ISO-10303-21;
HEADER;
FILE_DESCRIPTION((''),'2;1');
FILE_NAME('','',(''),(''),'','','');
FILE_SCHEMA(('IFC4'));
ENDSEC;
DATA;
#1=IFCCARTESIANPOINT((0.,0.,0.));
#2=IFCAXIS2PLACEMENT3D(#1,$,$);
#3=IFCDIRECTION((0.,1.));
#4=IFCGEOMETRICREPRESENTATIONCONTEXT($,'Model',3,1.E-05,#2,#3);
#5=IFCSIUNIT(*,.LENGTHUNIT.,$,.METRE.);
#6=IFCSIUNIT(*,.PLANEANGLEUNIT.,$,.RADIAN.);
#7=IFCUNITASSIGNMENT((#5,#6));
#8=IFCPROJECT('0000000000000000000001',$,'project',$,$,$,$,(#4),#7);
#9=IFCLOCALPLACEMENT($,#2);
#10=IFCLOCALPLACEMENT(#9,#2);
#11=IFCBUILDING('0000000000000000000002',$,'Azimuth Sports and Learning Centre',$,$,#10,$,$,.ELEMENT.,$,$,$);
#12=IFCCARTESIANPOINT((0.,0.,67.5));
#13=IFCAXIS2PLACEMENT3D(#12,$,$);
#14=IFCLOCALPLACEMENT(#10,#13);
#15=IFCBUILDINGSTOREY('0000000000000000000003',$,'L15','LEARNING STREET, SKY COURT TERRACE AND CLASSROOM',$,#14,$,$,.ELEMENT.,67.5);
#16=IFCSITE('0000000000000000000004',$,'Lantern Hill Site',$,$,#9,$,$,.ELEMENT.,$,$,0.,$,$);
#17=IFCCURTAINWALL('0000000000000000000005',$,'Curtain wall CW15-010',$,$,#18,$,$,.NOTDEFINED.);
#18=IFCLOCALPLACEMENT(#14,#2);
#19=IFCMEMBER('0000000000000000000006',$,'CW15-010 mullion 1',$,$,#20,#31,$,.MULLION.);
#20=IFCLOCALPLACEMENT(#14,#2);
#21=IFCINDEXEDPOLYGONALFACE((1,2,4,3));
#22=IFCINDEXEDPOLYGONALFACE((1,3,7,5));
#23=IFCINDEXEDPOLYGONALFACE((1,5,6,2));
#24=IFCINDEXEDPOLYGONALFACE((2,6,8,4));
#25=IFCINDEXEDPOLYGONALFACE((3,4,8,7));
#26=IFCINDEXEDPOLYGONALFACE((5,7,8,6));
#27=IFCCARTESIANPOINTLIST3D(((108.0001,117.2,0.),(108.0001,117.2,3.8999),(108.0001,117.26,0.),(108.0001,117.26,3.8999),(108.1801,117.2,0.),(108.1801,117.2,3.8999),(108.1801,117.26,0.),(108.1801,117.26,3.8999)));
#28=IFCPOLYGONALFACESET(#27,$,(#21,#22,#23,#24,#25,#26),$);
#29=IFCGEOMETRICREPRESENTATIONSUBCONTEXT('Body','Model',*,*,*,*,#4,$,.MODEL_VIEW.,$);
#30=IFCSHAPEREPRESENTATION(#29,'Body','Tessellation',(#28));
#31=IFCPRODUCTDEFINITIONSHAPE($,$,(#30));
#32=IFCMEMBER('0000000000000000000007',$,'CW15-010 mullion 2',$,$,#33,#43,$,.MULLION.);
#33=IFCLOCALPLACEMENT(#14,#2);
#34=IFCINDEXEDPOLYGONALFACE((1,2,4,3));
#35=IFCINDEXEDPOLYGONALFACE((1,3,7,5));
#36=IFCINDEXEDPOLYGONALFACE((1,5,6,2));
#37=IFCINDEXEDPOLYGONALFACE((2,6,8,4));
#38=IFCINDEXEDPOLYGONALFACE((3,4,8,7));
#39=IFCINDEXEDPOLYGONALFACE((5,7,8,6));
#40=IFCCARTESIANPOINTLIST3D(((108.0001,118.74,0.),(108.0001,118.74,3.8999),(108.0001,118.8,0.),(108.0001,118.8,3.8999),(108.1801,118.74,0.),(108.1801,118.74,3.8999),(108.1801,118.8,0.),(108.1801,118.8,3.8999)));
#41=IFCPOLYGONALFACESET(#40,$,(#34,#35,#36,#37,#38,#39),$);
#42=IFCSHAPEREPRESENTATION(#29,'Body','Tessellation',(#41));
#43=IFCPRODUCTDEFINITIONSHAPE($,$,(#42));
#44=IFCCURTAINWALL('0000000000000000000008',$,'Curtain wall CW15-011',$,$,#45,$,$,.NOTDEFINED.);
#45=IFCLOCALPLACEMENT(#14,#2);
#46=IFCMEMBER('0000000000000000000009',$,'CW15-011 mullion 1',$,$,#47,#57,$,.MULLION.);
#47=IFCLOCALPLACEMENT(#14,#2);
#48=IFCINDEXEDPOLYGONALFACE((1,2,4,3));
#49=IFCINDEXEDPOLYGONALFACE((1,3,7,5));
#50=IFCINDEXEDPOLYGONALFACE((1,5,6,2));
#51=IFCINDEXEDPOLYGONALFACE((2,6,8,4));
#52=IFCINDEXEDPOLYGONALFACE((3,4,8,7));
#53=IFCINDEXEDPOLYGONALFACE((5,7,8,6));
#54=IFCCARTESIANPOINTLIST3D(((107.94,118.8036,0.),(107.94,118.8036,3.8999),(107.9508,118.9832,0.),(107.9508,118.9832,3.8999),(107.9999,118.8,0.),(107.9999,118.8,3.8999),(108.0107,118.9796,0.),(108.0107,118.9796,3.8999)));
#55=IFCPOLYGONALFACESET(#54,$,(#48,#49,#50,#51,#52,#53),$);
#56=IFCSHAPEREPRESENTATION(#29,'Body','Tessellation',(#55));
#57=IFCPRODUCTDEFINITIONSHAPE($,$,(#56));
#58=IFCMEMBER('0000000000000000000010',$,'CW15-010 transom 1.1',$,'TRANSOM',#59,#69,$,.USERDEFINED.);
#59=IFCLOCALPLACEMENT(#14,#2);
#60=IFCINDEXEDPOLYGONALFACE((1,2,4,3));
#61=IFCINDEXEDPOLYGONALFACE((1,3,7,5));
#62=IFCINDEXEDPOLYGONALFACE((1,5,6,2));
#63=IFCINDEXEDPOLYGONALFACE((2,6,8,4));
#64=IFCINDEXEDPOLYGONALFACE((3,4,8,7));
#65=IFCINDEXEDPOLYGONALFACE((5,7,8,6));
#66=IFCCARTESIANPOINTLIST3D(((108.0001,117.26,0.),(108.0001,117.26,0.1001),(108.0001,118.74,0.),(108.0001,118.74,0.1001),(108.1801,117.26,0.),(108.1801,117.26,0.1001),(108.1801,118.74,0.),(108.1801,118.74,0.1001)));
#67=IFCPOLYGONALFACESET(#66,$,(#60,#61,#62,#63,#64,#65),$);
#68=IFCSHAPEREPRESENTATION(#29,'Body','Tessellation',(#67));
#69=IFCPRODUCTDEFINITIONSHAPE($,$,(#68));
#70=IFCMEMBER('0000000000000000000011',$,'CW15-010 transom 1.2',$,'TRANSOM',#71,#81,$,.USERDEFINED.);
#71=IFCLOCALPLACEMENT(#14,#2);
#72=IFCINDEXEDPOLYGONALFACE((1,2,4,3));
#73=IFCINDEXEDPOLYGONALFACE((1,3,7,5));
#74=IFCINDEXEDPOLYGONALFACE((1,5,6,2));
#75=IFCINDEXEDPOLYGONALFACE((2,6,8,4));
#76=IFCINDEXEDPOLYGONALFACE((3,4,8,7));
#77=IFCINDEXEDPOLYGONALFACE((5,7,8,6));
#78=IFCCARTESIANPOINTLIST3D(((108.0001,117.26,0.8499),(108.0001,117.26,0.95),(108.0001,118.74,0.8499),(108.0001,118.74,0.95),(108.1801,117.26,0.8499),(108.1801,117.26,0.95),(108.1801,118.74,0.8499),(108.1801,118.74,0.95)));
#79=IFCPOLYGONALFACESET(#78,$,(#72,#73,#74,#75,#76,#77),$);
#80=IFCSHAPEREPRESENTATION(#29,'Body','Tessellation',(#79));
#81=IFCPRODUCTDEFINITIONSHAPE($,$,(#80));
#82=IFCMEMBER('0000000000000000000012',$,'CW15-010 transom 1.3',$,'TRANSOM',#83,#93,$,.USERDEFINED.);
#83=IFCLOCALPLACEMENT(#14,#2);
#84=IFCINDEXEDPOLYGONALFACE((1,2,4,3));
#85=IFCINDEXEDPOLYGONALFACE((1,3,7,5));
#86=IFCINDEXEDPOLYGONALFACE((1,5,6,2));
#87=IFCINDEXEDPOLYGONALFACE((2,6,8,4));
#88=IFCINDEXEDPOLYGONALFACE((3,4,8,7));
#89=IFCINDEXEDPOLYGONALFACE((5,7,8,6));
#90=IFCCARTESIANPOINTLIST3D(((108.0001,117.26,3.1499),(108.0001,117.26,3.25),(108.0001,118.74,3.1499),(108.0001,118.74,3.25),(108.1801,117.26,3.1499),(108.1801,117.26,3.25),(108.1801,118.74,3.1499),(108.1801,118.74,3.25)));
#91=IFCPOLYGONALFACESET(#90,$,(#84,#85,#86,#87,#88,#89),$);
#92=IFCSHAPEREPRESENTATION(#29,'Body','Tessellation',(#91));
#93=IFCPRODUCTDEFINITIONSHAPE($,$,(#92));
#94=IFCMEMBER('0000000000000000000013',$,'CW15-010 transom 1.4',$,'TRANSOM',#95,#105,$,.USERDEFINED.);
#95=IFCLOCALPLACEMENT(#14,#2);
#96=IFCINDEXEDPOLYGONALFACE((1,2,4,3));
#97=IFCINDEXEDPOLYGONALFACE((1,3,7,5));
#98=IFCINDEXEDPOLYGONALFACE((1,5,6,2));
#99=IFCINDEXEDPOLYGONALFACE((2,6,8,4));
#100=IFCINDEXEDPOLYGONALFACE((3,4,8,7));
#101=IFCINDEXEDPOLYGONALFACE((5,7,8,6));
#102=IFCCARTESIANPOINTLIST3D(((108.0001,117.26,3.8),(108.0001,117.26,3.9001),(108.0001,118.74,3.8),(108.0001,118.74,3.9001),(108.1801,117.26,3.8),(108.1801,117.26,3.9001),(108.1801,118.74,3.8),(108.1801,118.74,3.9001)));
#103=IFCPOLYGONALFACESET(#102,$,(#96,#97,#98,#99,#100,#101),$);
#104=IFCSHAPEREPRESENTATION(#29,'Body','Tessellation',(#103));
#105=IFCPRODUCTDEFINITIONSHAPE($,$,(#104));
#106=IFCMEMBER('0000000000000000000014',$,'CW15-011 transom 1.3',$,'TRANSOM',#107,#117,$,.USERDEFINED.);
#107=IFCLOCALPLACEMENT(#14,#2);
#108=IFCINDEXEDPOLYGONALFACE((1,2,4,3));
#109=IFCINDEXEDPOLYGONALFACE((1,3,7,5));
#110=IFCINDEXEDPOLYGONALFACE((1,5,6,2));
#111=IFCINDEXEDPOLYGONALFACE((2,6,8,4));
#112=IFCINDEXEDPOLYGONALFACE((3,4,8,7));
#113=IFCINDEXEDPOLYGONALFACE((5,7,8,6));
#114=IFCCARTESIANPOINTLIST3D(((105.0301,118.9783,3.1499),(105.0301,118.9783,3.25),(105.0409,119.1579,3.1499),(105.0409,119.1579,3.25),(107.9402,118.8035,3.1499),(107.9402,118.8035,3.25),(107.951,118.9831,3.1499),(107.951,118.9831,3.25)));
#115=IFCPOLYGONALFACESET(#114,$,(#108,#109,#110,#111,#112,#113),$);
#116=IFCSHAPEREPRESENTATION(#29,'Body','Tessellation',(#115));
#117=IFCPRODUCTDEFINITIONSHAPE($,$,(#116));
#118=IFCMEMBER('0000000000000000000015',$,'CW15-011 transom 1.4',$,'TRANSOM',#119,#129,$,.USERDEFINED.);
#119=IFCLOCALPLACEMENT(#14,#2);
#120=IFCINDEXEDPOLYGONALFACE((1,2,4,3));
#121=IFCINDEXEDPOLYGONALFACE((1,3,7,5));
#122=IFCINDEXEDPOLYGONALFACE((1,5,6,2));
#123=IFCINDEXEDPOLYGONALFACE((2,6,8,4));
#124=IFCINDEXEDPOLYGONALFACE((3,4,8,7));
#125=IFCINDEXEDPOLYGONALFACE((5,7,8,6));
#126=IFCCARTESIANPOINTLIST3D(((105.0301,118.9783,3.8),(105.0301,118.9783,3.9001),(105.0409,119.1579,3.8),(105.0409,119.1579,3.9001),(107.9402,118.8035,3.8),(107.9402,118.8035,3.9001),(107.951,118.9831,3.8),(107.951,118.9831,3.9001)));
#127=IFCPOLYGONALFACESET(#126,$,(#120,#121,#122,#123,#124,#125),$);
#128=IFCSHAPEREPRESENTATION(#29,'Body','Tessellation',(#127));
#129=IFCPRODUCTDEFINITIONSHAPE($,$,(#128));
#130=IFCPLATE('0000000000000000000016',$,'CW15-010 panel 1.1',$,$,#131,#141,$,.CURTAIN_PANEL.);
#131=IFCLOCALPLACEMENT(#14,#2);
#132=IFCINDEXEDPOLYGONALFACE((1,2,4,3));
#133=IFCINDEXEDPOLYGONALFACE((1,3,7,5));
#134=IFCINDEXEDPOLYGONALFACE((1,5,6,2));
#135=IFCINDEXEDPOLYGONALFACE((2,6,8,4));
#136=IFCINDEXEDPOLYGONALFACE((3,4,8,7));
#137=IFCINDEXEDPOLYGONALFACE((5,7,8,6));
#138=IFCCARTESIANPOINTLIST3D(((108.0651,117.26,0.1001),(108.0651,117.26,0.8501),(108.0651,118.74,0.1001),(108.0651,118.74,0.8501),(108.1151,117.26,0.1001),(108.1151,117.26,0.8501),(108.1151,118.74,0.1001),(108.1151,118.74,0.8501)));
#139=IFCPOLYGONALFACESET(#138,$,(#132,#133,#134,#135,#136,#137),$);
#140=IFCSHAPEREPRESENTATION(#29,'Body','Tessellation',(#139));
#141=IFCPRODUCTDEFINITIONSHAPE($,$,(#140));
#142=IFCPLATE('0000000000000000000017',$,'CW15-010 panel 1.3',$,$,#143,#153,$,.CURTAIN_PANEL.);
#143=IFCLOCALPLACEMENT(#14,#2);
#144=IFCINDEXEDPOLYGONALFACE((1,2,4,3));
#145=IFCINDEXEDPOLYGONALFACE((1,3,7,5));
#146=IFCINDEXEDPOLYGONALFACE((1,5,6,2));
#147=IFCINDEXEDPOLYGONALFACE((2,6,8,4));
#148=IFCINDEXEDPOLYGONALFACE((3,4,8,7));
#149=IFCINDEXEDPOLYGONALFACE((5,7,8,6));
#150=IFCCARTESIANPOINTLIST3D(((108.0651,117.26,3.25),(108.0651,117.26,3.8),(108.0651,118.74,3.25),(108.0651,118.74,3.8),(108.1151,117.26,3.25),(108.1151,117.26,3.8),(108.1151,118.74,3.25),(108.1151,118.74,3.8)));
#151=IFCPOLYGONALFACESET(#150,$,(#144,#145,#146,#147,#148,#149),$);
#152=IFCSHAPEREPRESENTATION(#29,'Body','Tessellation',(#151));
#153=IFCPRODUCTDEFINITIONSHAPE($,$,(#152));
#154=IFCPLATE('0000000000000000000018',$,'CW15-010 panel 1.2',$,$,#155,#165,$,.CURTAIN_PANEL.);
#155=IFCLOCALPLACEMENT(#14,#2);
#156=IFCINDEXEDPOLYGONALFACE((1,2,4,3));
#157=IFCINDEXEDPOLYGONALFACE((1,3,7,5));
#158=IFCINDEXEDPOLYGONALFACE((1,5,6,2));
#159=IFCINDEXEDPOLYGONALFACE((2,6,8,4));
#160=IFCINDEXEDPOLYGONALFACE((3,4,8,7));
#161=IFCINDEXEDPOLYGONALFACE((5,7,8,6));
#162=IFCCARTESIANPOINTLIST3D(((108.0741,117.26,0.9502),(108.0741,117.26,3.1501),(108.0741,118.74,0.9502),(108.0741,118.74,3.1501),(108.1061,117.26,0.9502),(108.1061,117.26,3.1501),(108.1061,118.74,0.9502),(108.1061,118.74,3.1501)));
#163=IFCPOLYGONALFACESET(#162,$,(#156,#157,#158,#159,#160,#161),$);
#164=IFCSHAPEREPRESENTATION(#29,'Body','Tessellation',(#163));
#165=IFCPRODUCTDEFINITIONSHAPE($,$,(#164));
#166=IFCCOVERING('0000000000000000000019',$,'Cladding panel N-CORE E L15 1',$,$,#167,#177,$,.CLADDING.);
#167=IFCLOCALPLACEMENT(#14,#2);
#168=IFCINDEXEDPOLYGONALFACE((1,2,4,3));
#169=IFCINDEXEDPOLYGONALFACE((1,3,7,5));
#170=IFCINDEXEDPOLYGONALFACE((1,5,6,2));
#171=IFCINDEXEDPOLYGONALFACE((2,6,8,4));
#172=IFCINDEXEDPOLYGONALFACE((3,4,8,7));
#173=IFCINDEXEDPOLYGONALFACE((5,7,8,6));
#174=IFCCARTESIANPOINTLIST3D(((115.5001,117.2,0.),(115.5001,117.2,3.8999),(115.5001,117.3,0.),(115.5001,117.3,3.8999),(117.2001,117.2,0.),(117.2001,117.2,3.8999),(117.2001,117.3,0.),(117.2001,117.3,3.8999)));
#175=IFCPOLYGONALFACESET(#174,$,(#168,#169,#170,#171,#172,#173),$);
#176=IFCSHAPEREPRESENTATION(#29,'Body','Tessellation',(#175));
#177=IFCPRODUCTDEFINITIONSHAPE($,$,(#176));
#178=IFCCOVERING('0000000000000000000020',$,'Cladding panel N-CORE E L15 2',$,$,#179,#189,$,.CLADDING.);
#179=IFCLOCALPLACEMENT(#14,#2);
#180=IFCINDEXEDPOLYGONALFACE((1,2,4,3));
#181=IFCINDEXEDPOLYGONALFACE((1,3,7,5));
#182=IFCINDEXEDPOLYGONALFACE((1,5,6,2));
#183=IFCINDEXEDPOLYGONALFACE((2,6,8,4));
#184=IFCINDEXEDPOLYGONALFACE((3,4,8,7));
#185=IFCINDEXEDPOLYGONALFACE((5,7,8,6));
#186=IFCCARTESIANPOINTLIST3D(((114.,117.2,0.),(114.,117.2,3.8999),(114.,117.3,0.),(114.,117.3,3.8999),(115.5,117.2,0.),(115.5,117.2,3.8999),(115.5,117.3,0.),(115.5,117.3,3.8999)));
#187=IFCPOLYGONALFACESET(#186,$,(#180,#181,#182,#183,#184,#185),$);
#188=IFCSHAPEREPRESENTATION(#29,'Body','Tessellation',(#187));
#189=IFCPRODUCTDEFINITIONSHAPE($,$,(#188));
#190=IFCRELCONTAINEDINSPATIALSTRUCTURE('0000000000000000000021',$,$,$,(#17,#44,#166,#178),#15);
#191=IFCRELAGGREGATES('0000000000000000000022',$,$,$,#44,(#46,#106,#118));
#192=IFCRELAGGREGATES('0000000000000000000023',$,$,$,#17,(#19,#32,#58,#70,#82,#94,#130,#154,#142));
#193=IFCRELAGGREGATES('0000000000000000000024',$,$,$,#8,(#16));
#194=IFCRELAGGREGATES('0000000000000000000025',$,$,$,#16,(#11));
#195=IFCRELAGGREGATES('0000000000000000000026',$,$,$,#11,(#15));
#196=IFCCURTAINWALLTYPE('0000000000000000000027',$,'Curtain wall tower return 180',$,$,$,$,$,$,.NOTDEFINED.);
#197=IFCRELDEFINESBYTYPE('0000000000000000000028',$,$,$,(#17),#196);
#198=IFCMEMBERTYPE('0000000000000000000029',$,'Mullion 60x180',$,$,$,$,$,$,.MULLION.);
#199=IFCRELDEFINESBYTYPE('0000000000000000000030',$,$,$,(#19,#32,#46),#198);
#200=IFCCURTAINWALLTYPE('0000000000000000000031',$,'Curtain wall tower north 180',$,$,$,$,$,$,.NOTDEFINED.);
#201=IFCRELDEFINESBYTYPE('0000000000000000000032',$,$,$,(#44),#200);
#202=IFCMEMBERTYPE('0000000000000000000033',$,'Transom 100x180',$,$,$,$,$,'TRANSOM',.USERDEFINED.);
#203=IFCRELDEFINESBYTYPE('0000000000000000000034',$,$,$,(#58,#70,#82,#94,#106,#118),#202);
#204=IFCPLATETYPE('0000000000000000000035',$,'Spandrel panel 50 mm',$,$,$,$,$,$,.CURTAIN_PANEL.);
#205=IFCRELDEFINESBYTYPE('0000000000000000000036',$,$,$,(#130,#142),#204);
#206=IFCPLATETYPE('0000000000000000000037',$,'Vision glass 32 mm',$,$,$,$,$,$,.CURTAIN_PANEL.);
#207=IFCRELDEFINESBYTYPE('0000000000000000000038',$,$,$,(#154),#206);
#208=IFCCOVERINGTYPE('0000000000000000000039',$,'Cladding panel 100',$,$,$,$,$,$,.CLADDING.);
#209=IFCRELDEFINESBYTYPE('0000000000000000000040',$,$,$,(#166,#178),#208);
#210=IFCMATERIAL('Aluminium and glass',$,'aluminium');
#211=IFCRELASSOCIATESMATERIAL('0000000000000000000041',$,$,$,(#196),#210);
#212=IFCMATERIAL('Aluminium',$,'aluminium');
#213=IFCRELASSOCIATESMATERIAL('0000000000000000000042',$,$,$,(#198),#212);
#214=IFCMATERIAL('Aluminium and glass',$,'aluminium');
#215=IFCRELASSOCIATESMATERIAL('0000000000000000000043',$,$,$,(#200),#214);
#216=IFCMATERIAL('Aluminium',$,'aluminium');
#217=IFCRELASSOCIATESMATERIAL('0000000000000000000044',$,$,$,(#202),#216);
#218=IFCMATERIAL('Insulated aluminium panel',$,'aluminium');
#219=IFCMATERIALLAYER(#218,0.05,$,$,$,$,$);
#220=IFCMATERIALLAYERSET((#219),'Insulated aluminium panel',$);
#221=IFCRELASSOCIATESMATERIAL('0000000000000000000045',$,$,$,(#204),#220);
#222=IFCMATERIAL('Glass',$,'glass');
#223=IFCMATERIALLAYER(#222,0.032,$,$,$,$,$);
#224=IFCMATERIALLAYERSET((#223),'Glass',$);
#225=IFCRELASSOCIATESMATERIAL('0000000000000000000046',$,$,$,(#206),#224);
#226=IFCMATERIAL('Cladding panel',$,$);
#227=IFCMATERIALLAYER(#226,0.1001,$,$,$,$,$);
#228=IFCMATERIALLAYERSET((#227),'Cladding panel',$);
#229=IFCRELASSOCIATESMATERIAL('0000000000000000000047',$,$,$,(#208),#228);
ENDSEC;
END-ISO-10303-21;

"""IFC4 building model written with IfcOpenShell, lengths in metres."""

from ifc_helpers import new_model, si_unit, direction, frame, origin, origin_2d, place, context, subcontext, project, spatial, rectangle, extrude, material, layer, layer_set, material_profile, profile_set, type_object, element, aggregate, save


model = new_model("IFC4")

# Units and contexts
model_context = context("Model", 3, precision=1e-05, world=origin(), true_north=direction((0.0, 1.0)))
body_context = subcontext(model_context, "Body", "Model", "MODEL_VIEW")
ifc_project = project(units=[si_unit("LENGTHUNIT", "METRE"), si_unit("PLANEANGLEUNIT", "RADIAN")], contexts=[model_context])

# Site, building, storey
site_placement = place(None, origin())
site = spatial("IfcSite", under=ifc_project, at=site_placement, Name="Lantern Hill Site", CompositionType="ELEMENT", RefElevation=0.0)
building_placement = place(site_placement, origin())
building = spatial("IfcBuilding", under=site, at=building_placement, Name="Azimuth Sports and Learning Centre", CompositionType="ELEMENT")
storey_placement = place(building_placement, frame((0.0, 0.0, 67.5)))
storey = spatial("IfcBuildingStorey", under=building, at=storey_placement, Name="L15", Description="LEARNING STREET, SKY COURT TERRACE AND CLASSROOM", CompositionType="ELEMENT", Elevation=67.5)

# Curtain wall, members
ifc_material_1 = material(Name="Aluminium and glass", Category="aluminium")
curtain_wall_type_1 = type_object("IfcCurtainWallType", Name="Curtain wall tower return 180", PredefinedType="NOTDEFINED", material=ifc_material_1)
curtain_wall_1_placement = place(storey_placement, origin())
curtain_wall_1 = element("IfcCurtainWall", 1, at=curtain_wall_1_placement, inside=storey, type_object=curtain_wall_type_1, Name="Curtain wall CW15-010", PredefinedType="NOTDEFINED")
ifc_material_2 = material(Name="Aluminium", Category="aluminium")
ifc_material_profile_1 = material_profile(ifc_material_2, rectangle(XDim=0.1799, YDim=0.0601, at=origin_2d()), Name="Mullion 60x180")
ifc_profile_set_1 = profile_set([ifc_material_profile_1], Name="Aluminium")
member_type_1 = type_object("IfcMemberType", Name="Mullion 60x180", PredefinedType="MULLION", material=ifc_profile_set_1)
member_1_placement = place(storey_placement, frame((108.0901, 117.23, 0.0), z_axis=(0.0, 0.0, 1.0), x_axis=(-1.0, 0.0, 0.0)))
member_1 = element("IfcMember", 2, at=member_1_placement, type_object=member_type_1, Name="CW15-010 mullion 1", PredefinedType="MULLION", context=body_context, shape_type="SweptSolid", body=[
    extrude(rectangle(XDim=0.1799, YDim=0.0601, at=origin_2d()), origin(), (0.0, 0.0, 1.0), 3.8999),
])
member_2_placement = place(storey_placement, frame((108.0901, 118.77, 0.0), z_axis=(0.0, 0.0, 1.0), x_axis=(-1.0, 0.0, 0.0)))
member_2 = element("IfcMember", 3, at=member_2_placement, type_object=member_type_1, Name="CW15-010 mullion 2", PredefinedType="MULLION", context=body_context, shape_type="SweptSolid", body=[
    extrude(rectangle(XDim=0.1799, YDim=0.0601, at=origin_2d()), origin(), (0.0, 0.0, 1.0), 3.8999),
])

# Curtain wall, member
ifc_material_3 = material(Name="Aluminium and glass", Category="aluminium")
curtain_wall_type_2 = type_object("IfcCurtainWallType", Name="Curtain wall tower north 180", PredefinedType="NOTDEFINED", material=ifc_material_3)
curtain_wall_2_placement = place(storey_placement, origin())
curtain_wall_2 = element("IfcCurtainWall", 4, at=curtain_wall_2_placement, inside=storey, type_object=curtain_wall_type_2, Name="Curtain wall CW15-011", PredefinedType="NOTDEFINED")
member_3_placement = place(storey_placement, frame((107.9753, 118.8916, 0.0), z_axis=(0.0, 0.0, 1.0), x_axis=(-0.059892, -0.998205, 0.0)))
member_3 = element("IfcMember", 5, at=member_3_placement, type_object=member_type_1, Name="CW15-011 mullion 1", PredefinedType="MULLION", context=body_context, shape_type="SweptSolid", body=[
    extrude(rectangle(XDim=0.1799, YDim=0.0601, at=origin_2d()), origin(), (0.0, 0.0, 1.0), 3.8999),
])

# Members
ifc_material_4 = material(Name="Aluminium", Category="aluminium")
ifc_material_profile_2 = material_profile(ifc_material_4, rectangle(XDim=0.1799, YDim=0.1001, at=origin_2d()), Name="Transom 100x180")
ifc_profile_set_2 = profile_set([ifc_material_profile_2], Name="Aluminium")
member_type_2 = type_object("IfcMemberType", Name="Transom 100x180", ElementType="TRANSOM", PredefinedType="USERDEFINED", material=ifc_profile_set_2)
member_4_placement = place(storey_placement, frame((108.0901, 117.26, 0.05), z_axis=(0.0, 1.0, 0.0), x_axis=(-1.0, 0.0, 0.0)))
member_4 = element("IfcMember", 6, at=member_4_placement, type_object=member_type_2, Name="CW15-010 transom 1.1", ObjectType="TRANSOM", PredefinedType="USERDEFINED", context=body_context, shape_type="SweptSolid", body=[
    extrude(rectangle(XDim=0.1799, YDim=0.1001, at=origin_2d()), origin(), (0.0, 0.0, 1.0), 1.48),
])
member_5_placement = place(storey_placement, frame((108.0901, 117.26, 0.8999), z_axis=(0.0, 1.0, 0.0), x_axis=(-1.0, 0.0, 0.0)))
member_5 = element("IfcMember", 7, at=member_5_placement, type_object=member_type_2, Name="CW15-010 transom 1.2", ObjectType="TRANSOM", PredefinedType="USERDEFINED", context=body_context, shape_type="SweptSolid", body=[
    extrude(rectangle(XDim=0.1799, YDim=0.1001, at=origin_2d()), origin(), (0.0, 0.0, 1.0), 1.48),
])
member_6_placement = place(storey_placement, frame((108.0901, 117.26, 3.2), z_axis=(0.0, 1.0, 0.0), x_axis=(-1.0, 0.0, 0.0)))
member_6 = element("IfcMember", 8, at=member_6_placement, type_object=member_type_2, Name="CW15-010 transom 1.3", ObjectType="TRANSOM", PredefinedType="USERDEFINED", context=body_context, shape_type="SweptSolid", body=[
    extrude(rectangle(XDim=0.1799, YDim=0.1001, at=origin_2d()), origin(), (0.0, 0.0, 1.0), 1.48),
])
member_7_placement = place(storey_placement, frame((108.0901, 117.26, 3.8501), z_axis=(0.0, 1.0, 0.0), x_axis=(-1.0, 0.0, 0.0)))
member_7 = element("IfcMember", 9, at=member_7_placement, type_object=member_type_2, Name="CW15-010 transom 1.4", ObjectType="TRANSOM", PredefinedType="USERDEFINED", context=body_context, shape_type="SweptSolid", body=[
    extrude(rectangle(XDim=0.1799, YDim=0.1001, at=origin_2d()), origin(), (0.0, 0.0, 1.0), 1.48),
])
member_8_placement = place(storey_placement, frame((107.9456, 118.8933, 3.2), z_axis=(-0.998201, 0.059959, 0.0), x_axis=(-0.059959, -0.998201, 0.0)))
member_8 = element("IfcMember", 10, at=member_8_placement, type_object=member_type_2, Name="CW15-011 transom 1.3", ObjectType="TRANSOM", PredefinedType="USERDEFINED", context=body_context, shape_type="SweptSolid", body=[
    extrude(rectangle(XDim=0.1799, YDim=0.1001, at=origin_2d()), origin(), (0.0, 0.0, 1.0), 2.9153),
])
member_9_placement = place(storey_placement, frame((107.9456, 118.8933, 3.8501), z_axis=(-0.998201, 0.059959, 0.0), x_axis=(-0.059959, -0.998201, 0.0)))
member_9 = element("IfcMember", 11, at=member_9_placement, type_object=member_type_2, Name="CW15-011 transom 1.4", ObjectType="TRANSOM", PredefinedType="USERDEFINED", context=body_context, shape_type="SweptSolid", body=[
    extrude(rectangle(XDim=0.1799, YDim=0.1001, at=origin_2d()), origin(), (0.0, 0.0, 1.0), 2.9153),
])
aggregate(curtain_wall_2, [member_3, member_8, member_9])

# Plates
ifc_material_5 = material(Name="Insulated aluminium panel", Category="aluminium")
ifc_layer_1 = layer(ifc_material_5, 0.05)
ifc_layer_set_1 = layer_set([ifc_layer_1], Name="Insulated aluminium panel")
plate_type_1 = type_object("IfcPlateType", Name="Spandrel panel 50 mm", PredefinedType="CURTAIN_PANEL", material=ifc_layer_set_1)
plate_1_placement = place(storey_placement, frame((108.0901, 118.0, 0.1001), z_axis=(0.0, 0.0, 1.0), x_axis=(0.0, 1.0, 0.0)))
plate_1 = element("IfcPlate", 12, at=plate_1_placement, type_object=plate_type_1, Name="CW15-010 panel 1.1", PredefinedType="CURTAIN_PANEL", context=body_context, shape_type="SweptSolid", body=[
    extrude(rectangle(XDim=1.48, YDim=0.05, at=origin_2d()), origin(), (0.0, 0.0, 1.0), 0.75),
])
plate_2_placement = place(storey_placement, frame((108.0901, 118.0, 3.25), z_axis=(0.0, 0.0, 1.0), x_axis=(0.0, 1.0, 0.0)))
plate_2 = element("IfcPlate", 13, at=plate_2_placement, type_object=plate_type_1, Name="CW15-010 panel 1.3", PredefinedType="CURTAIN_PANEL", context=body_context, shape_type="SweptSolid", body=[
    extrude(rectangle(XDim=1.48, YDim=0.05, at=origin_2d()), origin(), (0.0, 0.0, 1.0), 0.55),
])
ifc_material_6 = material(Name="Glass", Category="glass")
ifc_layer_2 = layer(ifc_material_6, 0.032)
ifc_layer_set_2 = layer_set([ifc_layer_2], Name="Glass")
plate_type_2 = type_object("IfcPlateType", Name="Vision glass 32 mm", PredefinedType="CURTAIN_PANEL", material=ifc_layer_set_2)
plate_3_placement = place(storey_placement, frame((108.0901, 118.0, 0.9502), z_axis=(0.0, 0.0, 1.0), x_axis=(0.0, 1.0, 0.0)))
plate_3 = element("IfcPlate", 14, at=plate_3_placement, type_object=plate_type_2, Name="CW15-010 panel 1.2", PredefinedType="CURTAIN_PANEL", context=body_context, shape_type="SweptSolid", body=[
    extrude(rectangle(XDim=1.48, YDim=0.032, at=origin_2d()), origin(), (0.0, 0.0, 1.0), 2.2),
])
aggregate(curtain_wall_1, [member_1, member_2, member_4, member_5, member_6, member_7, plate_1, plate_3, plate_2])

# Coverings
ifc_material_7 = material(Name="Cladding panel")
ifc_layer_3 = layer(ifc_material_7, 0.1001)
ifc_layer_set_3 = layer_set([ifc_layer_3], Name="Cladding panel")
covering_type = type_object("IfcCoveringType", Name="Cladding panel 100", PredefinedType="CLADDING", material=ifc_layer_set_3)
covering_1_placement = place(storey_placement, frame((116.3501, 117.25, 0.0), z_axis=(0.0, 0.0, 1.0), x_axis=(-1.0, 0.0, 0.0)))
element("IfcCovering", 15, at=covering_1_placement, inside=storey, type_object=covering_type, Name="Cladding panel N-CORE E L15 1", PredefinedType="CLADDING", context=body_context, shape_type="SweptSolid", body=[
    extrude(rectangle(XDim=1.7, YDim=0.1001, at=origin_2d()), origin(), (0.0, 0.0, 1.0), 3.8999),
])
covering_2_placement = place(storey_placement, frame((114.75, 117.25, 0.0), z_axis=(0.0, 0.0, 1.0), x_axis=(-1.0, 0.0, 0.0)))
element("IfcCovering", 16, at=covering_2_placement, inside=storey, type_object=covering_type, Name="Cladding panel N-CORE E L15 2", PredefinedType="CLADDING", context=body_context, shape_type="SweptSolid", body=[
    extrude(rectangle(XDim=1.5, YDim=0.1001, at=origin_2d()), origin(), (0.0, 0.0, 1.0), 3.8999),
])

save(model, "model.ifc")
